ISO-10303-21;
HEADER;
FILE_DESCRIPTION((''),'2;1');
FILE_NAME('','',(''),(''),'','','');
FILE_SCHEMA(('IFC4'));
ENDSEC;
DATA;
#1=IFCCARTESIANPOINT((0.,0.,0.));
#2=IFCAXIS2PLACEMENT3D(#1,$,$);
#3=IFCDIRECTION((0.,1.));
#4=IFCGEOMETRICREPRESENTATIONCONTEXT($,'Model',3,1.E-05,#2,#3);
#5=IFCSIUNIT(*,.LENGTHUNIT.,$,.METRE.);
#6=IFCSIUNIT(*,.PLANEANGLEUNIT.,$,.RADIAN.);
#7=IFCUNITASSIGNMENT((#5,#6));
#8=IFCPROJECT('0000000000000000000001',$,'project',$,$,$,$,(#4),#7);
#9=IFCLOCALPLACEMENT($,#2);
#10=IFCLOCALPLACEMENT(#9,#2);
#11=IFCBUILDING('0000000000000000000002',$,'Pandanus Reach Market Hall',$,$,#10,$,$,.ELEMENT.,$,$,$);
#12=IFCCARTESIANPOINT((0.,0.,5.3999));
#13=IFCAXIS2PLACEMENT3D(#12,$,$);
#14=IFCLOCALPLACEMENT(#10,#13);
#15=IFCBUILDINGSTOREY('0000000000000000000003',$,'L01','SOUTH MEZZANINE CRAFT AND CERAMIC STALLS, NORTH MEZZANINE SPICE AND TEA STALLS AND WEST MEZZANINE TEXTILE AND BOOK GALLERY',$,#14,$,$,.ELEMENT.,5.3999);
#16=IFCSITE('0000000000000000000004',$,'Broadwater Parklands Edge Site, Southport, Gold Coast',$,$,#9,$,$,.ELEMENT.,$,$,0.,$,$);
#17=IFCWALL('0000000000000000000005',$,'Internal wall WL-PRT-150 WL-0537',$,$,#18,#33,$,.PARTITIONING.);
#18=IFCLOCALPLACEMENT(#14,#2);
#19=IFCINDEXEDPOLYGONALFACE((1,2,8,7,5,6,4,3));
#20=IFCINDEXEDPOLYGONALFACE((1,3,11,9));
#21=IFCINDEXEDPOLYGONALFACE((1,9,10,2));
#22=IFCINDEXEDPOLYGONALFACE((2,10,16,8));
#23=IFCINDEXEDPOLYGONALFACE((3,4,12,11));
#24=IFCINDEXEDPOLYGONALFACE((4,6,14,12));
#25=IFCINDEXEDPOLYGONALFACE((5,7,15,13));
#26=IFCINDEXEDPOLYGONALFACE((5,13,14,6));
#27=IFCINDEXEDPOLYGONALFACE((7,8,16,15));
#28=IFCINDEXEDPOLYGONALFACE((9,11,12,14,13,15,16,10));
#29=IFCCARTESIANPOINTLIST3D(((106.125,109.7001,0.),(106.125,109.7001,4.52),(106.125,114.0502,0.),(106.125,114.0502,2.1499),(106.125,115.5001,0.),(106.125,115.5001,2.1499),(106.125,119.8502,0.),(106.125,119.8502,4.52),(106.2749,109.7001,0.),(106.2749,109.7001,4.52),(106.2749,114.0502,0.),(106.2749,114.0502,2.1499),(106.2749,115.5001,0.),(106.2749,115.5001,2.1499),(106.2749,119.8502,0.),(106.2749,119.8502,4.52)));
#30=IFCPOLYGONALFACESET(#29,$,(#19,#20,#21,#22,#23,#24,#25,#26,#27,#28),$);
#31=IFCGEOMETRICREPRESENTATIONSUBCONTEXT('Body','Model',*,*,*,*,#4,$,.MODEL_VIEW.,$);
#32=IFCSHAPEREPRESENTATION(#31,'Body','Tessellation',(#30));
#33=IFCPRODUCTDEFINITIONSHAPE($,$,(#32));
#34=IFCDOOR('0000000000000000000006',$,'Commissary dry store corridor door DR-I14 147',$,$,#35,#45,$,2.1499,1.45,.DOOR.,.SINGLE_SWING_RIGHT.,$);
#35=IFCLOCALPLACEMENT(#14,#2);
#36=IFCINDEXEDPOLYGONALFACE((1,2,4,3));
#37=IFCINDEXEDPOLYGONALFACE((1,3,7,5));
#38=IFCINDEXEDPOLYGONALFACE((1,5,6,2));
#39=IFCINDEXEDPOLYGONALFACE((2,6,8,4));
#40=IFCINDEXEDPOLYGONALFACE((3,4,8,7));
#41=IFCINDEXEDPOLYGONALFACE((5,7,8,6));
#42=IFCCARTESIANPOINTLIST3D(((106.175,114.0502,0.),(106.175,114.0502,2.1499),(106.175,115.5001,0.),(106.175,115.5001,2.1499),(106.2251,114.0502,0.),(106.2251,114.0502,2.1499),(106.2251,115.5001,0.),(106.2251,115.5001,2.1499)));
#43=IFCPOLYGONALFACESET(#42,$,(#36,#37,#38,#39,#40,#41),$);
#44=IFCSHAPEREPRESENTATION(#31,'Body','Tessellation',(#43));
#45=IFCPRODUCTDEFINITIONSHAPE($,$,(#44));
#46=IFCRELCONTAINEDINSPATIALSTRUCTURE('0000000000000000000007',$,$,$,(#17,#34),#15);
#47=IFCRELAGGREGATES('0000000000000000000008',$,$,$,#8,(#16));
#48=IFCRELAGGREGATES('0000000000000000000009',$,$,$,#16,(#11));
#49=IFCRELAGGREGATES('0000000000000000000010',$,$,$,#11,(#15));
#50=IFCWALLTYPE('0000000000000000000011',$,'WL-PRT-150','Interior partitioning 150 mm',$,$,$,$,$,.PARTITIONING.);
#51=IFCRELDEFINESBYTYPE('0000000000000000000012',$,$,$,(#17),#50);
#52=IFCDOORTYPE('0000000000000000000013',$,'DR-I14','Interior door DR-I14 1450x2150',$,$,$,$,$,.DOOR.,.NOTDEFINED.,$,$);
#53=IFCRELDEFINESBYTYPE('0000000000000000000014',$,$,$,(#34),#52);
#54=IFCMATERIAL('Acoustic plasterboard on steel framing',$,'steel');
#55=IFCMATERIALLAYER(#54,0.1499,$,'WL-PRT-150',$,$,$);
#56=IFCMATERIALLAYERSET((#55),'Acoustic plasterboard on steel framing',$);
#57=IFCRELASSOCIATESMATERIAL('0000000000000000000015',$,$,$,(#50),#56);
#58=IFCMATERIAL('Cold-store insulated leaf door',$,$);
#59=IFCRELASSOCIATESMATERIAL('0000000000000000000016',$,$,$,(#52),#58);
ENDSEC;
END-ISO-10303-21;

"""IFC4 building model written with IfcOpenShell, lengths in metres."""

from ifc_helpers import new_model, si_unit, direction, frame, frame_2d, origin, place, context, subcontext, project, spatial, rectangle, extrude, material, layer, layer_set, type_object, element, fill, save


model = new_model("IFC4")

# Units and contexts
model_context = context("Model", 3, precision=1e-05, world=origin(), true_north=direction((0.0, 1.0)))
body_context = subcontext(model_context, "Body", "Model", "MODEL_VIEW")
ifc_project = project(units=[si_unit("LENGTHUNIT", "METRE"), si_unit("PLANEANGLEUNIT", "RADIAN")], contexts=[model_context])

# Site, building, storey
site_placement = place(None, origin())
site = spatial("IfcSite", under=ifc_project, at=site_placement, Name="Broadwater Parklands Edge Site, Southport, Gold Coast", CompositionType="ELEMENT", RefElevation=0.0)
building_placement = place(site_placement, origin())
building = spatial("IfcBuilding", under=site, at=building_placement, Name="Pandanus Reach Market Hall", CompositionType="ELEMENT")
storey_placement = place(building_placement, frame((0.0, 0.0, 5.3999)))
storey = spatial("IfcBuildingStorey", under=building, at=storey_placement, Name="L01", Description="SOUTH MEZZANINE CRAFT AND CERAMIC STALLS, NORTH MEZZANINE SPICE AND TEA STALLS AND WEST MEZZANINE TEXTILE AND BOOK GALLERY", CompositionType="ELEMENT", Elevation=5.3999)

# Wall, opening, door
ifc_material_1 = material(Name="Acoustic plasterboard on steel framing", Category="steel")
ifc_layer_1 = layer(ifc_material_1, 0.1499, Name="WL-PRT-150")
ifc_layer_set_1 = layer_set([ifc_layer_1], Name="Acoustic plasterboard on steel framing")
wall_type_1 = type_object("IfcWallType", Name="WL-PRT-150", Description="Interior partitioning 150 mm", PredefinedType="PARTITIONING", material=ifc_layer_set_1)
wall_1_placement = place(storey_placement, frame((106.2, 109.7, 0.0), z_axis=(0.0, 0.0, 1.0), x_axis=(0.0, 1.0, 0.0)))
wall_1 = element("IfcWall", 1, at=wall_1_placement, inside=storey, type_object=wall_type_1, Name="Internal wall WL-PRT-150 WL-0537", PredefinedType="PARTITIONING", context=body_context, shape_type="SweptSolid", body=[
    extrude(rectangle(XDim=10.1501, YDim=0.1499, at=frame_2d((5.0752, 0.0))), origin(), (0.0, 0.0, 1.0), 4.52),
])
opening_1_placement = place(wall_1_placement, frame((4.3501, 0.0, 0.0)))
opening_1 = element("IfcOpeningElement", 2, at=opening_1_placement, cuts=wall_1, PredefinedType="OPENING", context=body_context, shape_type="SweptSolid", body=[
    extrude(rectangle(XDim=1.45, YDim=2.1499, at=frame_2d((0.7251, 1.075))), frame((0.0, 0.0898, 0.0), z_axis=(0.0, -1.0, 0.0), x_axis=(1.0, 0.0, 0.0)), (0.0, 0.0, 1.0), 0.1799),
])
ifc_material_2 = material(Name="Cold-store insulated leaf door")
door_type_1 = type_object("IfcDoorType", Name="DR-I14", Description="Interior door DR-I14 1450x2150", OperationType="NOTDEFINED", PredefinedType="DOOR", material=ifc_material_2)
door_1_placement = place(opening_1_placement, origin())
door_1 = element("IfcDoor", 3, at=door_1_placement, inside=storey, type_object=door_type_1, Name="Commissary dry store corridor door DR-I14 147", OperationType="SINGLE_SWING_RIGHT", OverallHeight=2.1499, OverallWidth=1.45, PredefinedType="DOOR", context=body_context, shape_type="SweptSolid", body=[
    extrude(rectangle(XDim=1.45, YDim=2.1499, at=frame_2d((0.7251, 1.075))), frame((0.0, 0.0249, 0.0), z_axis=(0.0, -1.0, 0.0), x_axis=(1.0, 0.0, 0.0)), (0.0, 0.0, 1.0), 0.05),
])
fill(opening_1, door_1)

save(model, "model.ifc")
